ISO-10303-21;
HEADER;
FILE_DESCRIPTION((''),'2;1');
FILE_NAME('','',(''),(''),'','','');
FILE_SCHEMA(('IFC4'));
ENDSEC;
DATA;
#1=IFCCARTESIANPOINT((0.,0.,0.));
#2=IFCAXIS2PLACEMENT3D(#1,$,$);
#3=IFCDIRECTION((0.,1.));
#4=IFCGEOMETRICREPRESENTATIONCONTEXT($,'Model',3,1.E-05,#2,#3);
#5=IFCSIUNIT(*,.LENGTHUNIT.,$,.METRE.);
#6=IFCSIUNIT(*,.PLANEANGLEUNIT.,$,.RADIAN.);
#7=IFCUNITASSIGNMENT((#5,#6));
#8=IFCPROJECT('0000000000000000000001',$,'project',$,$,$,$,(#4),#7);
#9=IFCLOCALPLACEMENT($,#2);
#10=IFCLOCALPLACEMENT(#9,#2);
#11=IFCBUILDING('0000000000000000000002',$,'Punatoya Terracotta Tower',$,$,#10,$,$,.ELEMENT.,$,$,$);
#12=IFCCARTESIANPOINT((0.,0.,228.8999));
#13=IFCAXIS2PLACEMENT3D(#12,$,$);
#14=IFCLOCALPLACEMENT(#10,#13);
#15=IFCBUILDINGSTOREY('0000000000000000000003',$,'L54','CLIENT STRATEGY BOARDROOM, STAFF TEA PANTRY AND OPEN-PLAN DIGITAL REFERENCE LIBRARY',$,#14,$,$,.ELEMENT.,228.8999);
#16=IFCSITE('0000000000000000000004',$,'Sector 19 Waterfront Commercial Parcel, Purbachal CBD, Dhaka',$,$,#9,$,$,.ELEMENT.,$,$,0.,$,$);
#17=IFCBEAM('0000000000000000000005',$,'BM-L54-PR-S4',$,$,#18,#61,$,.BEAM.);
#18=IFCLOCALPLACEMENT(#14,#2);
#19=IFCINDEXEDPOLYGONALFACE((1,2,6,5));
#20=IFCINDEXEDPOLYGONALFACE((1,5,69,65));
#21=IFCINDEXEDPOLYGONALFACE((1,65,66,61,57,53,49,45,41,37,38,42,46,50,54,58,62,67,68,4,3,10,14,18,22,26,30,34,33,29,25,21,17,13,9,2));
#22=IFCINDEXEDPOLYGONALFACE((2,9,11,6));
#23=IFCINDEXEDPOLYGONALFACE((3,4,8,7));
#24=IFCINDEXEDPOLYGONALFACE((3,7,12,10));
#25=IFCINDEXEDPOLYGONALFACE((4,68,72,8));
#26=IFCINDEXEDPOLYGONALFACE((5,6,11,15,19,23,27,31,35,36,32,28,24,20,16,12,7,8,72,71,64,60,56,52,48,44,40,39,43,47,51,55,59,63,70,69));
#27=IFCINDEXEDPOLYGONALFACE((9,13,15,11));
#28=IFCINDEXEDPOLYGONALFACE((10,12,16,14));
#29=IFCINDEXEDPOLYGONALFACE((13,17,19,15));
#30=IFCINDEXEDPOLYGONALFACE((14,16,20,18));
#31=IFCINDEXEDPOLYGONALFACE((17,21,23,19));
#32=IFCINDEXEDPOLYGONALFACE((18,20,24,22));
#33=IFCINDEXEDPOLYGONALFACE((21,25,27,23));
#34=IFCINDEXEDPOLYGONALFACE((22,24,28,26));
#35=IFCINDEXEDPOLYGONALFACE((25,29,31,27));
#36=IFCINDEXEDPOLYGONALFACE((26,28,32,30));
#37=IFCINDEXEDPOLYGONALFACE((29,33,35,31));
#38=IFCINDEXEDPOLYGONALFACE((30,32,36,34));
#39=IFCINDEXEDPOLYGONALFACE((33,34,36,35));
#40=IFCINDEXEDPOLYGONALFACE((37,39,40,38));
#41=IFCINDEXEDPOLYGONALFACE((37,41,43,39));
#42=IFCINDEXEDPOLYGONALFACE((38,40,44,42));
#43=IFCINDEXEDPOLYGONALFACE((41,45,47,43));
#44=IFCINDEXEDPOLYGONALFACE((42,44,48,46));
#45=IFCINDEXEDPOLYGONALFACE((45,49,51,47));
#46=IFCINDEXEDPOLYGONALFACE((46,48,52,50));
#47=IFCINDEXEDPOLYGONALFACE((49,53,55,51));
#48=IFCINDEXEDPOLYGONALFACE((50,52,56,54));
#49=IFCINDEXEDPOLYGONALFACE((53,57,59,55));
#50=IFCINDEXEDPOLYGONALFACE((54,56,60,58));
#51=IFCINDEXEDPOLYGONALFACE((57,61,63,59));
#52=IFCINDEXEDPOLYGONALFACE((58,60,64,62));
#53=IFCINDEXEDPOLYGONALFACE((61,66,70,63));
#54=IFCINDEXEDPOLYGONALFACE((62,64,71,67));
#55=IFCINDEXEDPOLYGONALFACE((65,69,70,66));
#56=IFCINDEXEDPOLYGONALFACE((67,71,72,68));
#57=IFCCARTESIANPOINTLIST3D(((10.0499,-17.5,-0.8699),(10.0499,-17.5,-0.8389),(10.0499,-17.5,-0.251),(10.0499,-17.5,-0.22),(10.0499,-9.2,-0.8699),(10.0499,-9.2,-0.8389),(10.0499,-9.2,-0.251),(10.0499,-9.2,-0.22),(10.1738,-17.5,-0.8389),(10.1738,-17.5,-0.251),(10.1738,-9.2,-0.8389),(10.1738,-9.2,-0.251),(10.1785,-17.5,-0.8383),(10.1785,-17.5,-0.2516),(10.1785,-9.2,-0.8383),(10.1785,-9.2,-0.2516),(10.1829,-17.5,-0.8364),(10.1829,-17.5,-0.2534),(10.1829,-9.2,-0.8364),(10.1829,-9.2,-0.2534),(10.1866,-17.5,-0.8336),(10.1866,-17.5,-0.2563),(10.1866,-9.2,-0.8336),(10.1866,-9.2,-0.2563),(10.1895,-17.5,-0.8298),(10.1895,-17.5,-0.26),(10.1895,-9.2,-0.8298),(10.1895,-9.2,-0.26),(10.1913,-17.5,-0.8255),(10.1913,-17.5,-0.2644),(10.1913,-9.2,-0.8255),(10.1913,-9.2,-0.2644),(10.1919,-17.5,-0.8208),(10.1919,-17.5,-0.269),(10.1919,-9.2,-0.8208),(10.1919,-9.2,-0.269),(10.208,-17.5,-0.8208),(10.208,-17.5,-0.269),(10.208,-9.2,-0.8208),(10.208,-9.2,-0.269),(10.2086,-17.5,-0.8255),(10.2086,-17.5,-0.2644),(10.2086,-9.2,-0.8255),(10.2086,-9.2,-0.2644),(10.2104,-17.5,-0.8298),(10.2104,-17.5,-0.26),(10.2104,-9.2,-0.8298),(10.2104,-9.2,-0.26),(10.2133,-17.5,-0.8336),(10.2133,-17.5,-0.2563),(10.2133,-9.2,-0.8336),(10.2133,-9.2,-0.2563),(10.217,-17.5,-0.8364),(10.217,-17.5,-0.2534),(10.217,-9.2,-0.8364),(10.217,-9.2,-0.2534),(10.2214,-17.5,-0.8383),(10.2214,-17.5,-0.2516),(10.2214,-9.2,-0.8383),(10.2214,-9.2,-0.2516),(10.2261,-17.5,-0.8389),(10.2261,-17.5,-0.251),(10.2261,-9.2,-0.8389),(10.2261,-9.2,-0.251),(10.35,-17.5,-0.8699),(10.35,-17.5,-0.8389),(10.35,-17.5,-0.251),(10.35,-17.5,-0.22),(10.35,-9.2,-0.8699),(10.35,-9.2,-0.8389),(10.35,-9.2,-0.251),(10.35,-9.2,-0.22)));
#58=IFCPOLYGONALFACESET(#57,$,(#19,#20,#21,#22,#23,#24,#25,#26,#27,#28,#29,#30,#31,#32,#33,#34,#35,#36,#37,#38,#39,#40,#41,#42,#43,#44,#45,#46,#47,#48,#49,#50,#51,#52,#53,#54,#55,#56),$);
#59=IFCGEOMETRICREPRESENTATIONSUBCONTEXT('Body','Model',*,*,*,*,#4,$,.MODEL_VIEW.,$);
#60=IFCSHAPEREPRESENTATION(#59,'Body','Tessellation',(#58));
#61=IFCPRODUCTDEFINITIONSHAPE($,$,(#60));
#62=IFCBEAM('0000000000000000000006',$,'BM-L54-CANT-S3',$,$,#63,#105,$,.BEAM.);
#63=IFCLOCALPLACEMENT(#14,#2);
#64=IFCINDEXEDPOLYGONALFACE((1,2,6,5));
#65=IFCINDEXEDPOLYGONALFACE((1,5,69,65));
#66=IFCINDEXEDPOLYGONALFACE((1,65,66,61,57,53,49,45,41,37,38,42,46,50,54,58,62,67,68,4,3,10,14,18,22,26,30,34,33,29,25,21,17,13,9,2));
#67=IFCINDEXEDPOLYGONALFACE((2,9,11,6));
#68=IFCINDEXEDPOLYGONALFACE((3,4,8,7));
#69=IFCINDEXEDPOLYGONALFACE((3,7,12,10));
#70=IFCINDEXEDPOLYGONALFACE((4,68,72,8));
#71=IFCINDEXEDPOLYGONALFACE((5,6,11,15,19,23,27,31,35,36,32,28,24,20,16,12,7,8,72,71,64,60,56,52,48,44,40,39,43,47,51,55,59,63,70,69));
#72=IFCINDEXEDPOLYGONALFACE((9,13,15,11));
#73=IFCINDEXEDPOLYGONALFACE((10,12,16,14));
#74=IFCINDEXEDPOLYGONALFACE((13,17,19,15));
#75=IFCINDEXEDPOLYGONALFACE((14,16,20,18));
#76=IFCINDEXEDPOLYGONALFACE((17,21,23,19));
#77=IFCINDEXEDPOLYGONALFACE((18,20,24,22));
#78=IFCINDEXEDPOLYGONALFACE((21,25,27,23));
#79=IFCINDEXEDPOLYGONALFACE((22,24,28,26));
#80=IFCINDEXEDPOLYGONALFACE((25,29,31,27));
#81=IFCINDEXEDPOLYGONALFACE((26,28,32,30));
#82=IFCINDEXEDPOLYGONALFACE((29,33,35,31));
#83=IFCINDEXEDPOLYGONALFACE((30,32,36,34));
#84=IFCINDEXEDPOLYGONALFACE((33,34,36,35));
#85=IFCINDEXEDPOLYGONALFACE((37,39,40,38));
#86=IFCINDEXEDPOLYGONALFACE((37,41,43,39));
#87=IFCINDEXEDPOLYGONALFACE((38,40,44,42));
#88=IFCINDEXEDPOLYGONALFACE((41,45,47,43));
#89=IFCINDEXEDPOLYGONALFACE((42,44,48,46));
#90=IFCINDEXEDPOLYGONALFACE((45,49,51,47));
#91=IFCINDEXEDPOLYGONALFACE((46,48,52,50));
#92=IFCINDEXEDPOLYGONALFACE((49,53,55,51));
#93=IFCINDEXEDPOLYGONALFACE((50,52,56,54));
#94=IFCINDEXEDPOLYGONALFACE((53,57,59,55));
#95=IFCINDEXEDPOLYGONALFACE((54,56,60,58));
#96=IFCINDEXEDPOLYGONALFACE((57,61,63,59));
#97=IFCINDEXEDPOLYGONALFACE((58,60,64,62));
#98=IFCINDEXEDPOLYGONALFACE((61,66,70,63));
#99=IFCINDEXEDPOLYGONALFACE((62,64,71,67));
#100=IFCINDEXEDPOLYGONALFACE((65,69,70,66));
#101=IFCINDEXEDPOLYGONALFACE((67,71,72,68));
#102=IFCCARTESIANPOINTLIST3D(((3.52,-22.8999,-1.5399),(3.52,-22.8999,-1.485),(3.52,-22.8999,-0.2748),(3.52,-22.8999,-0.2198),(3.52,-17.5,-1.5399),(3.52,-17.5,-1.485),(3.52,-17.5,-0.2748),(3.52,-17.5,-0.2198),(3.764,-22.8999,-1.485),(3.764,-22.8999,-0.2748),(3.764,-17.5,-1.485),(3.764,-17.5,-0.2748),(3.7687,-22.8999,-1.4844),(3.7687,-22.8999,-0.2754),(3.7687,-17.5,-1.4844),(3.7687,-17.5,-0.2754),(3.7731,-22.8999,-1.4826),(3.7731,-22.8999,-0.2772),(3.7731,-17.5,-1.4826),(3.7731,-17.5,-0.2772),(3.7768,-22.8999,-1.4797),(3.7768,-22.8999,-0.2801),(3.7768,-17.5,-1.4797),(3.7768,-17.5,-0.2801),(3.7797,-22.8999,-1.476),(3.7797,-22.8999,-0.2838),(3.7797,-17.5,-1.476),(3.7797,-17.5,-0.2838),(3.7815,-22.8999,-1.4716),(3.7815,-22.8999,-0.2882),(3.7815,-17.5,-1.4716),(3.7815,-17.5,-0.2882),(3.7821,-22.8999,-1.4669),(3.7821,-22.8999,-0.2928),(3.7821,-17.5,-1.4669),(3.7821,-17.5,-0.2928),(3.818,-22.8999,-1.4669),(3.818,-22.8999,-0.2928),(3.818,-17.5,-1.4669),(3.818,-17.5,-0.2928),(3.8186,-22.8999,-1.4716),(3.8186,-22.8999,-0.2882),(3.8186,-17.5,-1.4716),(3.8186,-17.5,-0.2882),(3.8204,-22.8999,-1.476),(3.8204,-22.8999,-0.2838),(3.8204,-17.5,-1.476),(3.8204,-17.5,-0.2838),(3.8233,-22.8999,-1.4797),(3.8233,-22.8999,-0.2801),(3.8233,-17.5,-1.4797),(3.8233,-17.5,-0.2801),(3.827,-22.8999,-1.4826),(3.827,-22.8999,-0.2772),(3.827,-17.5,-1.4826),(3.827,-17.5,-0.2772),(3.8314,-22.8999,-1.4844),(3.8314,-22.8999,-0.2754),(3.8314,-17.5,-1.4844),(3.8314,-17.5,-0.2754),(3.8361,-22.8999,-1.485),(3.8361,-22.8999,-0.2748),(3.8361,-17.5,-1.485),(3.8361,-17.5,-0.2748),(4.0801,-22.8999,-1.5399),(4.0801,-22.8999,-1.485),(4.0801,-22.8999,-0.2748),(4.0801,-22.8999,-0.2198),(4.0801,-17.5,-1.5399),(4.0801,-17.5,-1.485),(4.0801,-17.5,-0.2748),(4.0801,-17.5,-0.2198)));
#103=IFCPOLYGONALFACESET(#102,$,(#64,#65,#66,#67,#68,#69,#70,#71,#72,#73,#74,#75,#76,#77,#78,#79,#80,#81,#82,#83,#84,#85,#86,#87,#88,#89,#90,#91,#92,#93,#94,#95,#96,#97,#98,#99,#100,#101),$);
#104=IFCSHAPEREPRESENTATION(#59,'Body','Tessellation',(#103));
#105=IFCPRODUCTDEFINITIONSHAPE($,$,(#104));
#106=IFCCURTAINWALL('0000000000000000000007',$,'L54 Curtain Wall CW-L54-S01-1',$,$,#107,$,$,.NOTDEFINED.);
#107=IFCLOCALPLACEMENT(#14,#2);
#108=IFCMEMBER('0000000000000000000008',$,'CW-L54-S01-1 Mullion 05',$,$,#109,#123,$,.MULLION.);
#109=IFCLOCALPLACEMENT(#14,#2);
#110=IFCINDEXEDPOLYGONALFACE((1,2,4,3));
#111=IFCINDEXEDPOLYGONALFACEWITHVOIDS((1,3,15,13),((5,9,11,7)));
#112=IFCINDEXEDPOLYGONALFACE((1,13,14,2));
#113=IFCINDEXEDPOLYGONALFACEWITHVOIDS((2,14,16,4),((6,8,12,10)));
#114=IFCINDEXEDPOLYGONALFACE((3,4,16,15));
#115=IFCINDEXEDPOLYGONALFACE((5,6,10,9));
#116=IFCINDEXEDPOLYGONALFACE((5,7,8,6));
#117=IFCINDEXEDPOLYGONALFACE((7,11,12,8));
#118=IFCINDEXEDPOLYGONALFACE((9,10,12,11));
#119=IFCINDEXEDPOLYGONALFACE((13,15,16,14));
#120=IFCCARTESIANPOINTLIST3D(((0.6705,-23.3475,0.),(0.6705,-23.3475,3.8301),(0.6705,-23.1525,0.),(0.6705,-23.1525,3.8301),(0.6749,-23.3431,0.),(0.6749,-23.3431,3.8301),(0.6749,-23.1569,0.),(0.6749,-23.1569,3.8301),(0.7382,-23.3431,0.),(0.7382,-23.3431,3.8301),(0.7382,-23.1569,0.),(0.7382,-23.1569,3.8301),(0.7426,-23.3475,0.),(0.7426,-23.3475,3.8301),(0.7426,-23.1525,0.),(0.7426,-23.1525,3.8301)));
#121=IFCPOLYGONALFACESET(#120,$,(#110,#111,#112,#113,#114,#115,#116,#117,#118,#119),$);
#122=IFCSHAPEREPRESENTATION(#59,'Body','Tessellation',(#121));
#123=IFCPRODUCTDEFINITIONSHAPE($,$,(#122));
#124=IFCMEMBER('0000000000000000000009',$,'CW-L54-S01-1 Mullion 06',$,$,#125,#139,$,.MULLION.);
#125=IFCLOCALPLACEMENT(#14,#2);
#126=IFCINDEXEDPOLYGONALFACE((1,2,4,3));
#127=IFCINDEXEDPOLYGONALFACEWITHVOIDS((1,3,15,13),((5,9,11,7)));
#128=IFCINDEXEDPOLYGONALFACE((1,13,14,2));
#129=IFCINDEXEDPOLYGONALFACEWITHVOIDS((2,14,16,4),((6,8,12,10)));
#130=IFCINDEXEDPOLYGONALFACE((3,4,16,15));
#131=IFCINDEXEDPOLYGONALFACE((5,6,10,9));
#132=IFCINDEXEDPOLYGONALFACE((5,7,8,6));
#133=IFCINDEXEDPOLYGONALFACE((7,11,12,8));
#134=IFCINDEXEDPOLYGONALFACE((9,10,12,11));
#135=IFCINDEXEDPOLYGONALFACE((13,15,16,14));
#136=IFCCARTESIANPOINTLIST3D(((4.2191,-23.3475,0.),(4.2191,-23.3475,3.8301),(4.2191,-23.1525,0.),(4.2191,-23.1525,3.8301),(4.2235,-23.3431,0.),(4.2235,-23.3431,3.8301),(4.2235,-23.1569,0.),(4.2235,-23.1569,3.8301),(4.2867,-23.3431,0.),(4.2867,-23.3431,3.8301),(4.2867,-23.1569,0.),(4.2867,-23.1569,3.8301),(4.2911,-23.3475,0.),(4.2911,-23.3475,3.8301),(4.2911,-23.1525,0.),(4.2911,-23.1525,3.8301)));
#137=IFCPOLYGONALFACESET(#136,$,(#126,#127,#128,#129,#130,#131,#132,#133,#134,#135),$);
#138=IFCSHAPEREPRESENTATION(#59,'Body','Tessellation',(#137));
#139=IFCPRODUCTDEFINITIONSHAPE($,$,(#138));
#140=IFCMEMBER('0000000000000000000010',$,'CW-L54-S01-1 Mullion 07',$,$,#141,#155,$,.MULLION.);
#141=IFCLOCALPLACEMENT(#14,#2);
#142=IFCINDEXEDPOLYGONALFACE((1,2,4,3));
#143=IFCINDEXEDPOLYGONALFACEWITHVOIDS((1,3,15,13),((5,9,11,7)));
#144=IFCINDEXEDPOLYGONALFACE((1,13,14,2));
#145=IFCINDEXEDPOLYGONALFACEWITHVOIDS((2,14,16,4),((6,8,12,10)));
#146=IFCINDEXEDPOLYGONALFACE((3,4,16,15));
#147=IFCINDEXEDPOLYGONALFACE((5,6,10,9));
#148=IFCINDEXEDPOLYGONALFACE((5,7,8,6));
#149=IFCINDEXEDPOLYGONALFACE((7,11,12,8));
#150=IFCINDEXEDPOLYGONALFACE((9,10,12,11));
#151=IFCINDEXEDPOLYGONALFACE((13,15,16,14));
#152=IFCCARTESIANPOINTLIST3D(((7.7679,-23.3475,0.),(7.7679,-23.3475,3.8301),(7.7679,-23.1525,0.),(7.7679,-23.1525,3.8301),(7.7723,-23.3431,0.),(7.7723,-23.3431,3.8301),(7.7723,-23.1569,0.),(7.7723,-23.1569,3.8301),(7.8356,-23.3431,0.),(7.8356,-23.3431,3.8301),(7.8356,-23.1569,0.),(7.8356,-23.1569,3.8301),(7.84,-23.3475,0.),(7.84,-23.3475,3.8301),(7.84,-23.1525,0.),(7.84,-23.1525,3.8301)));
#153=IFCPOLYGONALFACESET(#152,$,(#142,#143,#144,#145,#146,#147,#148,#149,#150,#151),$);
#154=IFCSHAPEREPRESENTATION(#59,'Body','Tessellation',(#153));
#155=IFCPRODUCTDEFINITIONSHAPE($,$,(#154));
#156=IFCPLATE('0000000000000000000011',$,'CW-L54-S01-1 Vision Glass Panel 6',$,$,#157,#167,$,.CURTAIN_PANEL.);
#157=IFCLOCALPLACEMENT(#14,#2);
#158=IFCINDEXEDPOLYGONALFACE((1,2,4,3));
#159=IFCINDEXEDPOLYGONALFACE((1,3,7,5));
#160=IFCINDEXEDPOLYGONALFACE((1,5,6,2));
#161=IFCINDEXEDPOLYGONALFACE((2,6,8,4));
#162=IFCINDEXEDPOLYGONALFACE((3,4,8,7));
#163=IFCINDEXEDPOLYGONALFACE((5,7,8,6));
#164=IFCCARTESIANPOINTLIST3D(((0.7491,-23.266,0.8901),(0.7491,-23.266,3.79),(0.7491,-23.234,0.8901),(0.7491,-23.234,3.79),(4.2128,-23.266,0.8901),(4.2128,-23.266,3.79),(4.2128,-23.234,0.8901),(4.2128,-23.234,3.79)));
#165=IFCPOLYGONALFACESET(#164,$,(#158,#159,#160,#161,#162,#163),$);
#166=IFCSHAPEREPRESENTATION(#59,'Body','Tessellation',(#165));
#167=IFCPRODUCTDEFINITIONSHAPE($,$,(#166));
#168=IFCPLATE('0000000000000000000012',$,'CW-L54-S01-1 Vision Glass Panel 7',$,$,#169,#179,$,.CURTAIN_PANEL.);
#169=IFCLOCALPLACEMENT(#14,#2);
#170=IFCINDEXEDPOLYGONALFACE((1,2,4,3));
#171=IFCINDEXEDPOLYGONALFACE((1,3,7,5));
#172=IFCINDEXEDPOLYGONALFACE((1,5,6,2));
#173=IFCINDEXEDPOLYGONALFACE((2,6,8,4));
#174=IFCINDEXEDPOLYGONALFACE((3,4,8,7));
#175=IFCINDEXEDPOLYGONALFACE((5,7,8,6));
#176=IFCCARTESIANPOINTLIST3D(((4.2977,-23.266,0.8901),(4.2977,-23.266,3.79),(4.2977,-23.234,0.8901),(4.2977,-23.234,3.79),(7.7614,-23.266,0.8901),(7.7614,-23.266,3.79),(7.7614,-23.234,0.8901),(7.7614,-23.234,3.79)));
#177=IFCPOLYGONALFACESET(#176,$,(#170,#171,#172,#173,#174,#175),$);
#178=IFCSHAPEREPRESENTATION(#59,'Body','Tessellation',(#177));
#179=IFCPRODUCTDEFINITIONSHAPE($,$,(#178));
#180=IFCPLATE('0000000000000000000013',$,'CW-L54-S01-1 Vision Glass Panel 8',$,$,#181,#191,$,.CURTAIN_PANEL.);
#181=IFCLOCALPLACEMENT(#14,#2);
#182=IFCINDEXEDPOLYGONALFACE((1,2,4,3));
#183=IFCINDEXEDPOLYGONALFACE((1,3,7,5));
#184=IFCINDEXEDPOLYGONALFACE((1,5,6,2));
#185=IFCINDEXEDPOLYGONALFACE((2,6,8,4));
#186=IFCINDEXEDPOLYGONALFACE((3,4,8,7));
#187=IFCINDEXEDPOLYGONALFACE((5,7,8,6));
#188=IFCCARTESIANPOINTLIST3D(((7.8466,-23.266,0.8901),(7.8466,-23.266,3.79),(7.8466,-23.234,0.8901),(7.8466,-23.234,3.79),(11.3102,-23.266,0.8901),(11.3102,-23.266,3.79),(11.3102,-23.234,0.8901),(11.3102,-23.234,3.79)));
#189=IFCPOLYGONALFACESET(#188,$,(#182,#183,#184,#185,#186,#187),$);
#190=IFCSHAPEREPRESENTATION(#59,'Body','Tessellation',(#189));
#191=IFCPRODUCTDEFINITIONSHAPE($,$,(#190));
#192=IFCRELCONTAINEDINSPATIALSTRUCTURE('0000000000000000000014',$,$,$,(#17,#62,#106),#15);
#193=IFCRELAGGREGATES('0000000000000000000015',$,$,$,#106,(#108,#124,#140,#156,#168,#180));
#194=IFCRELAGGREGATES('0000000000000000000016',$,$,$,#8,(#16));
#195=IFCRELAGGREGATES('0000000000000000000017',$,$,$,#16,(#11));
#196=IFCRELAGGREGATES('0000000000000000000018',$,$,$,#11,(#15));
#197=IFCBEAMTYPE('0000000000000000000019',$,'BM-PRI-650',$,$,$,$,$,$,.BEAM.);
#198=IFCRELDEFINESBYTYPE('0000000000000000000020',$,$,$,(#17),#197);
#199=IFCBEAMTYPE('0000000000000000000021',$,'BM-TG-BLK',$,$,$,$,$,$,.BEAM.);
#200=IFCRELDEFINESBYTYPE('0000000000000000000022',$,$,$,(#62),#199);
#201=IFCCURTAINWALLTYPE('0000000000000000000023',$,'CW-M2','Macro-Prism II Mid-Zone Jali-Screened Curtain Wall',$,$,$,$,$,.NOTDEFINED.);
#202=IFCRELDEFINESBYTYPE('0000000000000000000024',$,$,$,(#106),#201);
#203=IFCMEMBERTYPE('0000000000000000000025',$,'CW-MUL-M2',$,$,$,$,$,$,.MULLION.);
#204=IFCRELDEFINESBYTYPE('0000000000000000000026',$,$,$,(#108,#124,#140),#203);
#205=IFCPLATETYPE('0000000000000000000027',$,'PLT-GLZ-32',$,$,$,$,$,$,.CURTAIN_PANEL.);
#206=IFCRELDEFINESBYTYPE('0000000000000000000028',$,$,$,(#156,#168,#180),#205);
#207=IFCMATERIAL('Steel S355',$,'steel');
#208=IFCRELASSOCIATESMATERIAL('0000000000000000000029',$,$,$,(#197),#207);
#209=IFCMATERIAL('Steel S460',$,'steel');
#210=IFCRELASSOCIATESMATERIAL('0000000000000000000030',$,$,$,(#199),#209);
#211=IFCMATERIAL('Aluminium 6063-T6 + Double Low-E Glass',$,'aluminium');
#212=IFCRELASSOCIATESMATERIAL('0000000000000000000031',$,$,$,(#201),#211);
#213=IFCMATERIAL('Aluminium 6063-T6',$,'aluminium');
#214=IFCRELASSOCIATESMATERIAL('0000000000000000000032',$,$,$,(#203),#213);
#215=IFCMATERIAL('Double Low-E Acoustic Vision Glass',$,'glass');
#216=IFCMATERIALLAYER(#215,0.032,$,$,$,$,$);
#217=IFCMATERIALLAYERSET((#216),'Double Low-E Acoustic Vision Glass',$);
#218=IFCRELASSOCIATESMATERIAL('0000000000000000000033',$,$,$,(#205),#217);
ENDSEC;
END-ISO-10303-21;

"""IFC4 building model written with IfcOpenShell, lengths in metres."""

from ifc_helpers import new_model, si_unit, direction, frame, origin, origin_2d, place, context, subcontext, project, spatial, rectangle, hollow_rectangle, i_section, extrude, material, layer, layer_set, material_profile, profile_set, type_object, element, aggregate, save


model = new_model("IFC4")

# Units and contexts
model_context = context("Model", 3, precision=1e-05, world=origin(), true_north=direction((0.0, 1.0)))
body_context = subcontext(model_context, "Body", "Model", "MODEL_VIEW")
ifc_project = project(units=[si_unit("LENGTHUNIT", "METRE"), si_unit("PLANEANGLEUNIT", "RADIAN")], contexts=[model_context])

# Site, building, storey
site_placement = place(None, origin())
site = spatial("IfcSite", under=ifc_project, at=site_placement, Name="Sector 19 Waterfront Commercial Parcel, Purbachal CBD, Dhaka", CompositionType="ELEMENT", RefElevation=0.0)
building_placement = place(site_placement, origin())
building = spatial("IfcBuilding", under=site, at=building_placement, Name="Punatoya Terracotta Tower", CompositionType="ELEMENT")
storey_placement = place(building_placement, frame((0.0, 0.0, 228.8999)))
storey = spatial("IfcBuildingStorey", under=building, at=storey_placement, Name="L54", Description="CLIENT STRATEGY BOARDROOM, STAFF TEA PANTRY AND OPEN-PLAN DIGITAL REFERENCE LIBRARY", CompositionType="ELEMENT", Elevation=228.8999)

# Shared definitions
ifc_material_1 = material(Name="Steel S460", Category="steel")

# Beams
ifc_material_2 = material(Name="Steel S355", Category="steel")
ifc_material_profile_1 = material_profile(ifc_material_2, i_section(OverallWidth=0.3, OverallDepth=0.6499, WebThickness=0.0161, FlangeThickness=0.031, FilletRadius=0.0181, at=origin_2d()))
ifc_profile_set_1 = profile_set([ifc_material_profile_1], Name="Steel S355")
beam_type_1 = type_object("IfcBeamType", Name="BM-PRI-650", PredefinedType="BEAM", material=ifc_profile_set_1)
for number, where, z_axis, x_axis, name in (
    (1, (10.2, -17.5, -0.5449), (0.0, 1.0, 0.0), (-1.0, 0.0, 0.0), "BM-L54-PR-S4"),
):
    element("IfcBeam", number, at=place(storey_placement, frame(where, z_axis=z_axis, x_axis=x_axis)), inside=storey, type_object=beam_type_1, Name=name, PredefinedType="BEAM", context=body_context, shape_type="SweptSolid", body=[
        extrude(i_section(OverallWidth=0.3, OverallDepth=0.6499, WebThickness=0.0161, FlangeThickness=0.031, FilletRadius=0.0181, at=origin_2d()), origin(), (0.0, 0.0, 1.0), 8.3),
    ])
ifc_material_profile_2 = material_profile(ifc_material_1, i_section(OverallWidth=0.5601, OverallDepth=1.3201, WebThickness=0.0359, FlangeThickness=0.0549, FilletRadius=0.0181, at=origin_2d()))
ifc_profile_set_2 = profile_set([ifc_material_profile_2], Name="Steel S460")
beam_type_2 = type_object("IfcBeamType", Name="BM-TG-BLK", PredefinedType="BEAM", material=ifc_profile_set_2)
beam_1_placement = place(storey_placement, frame((3.8, -22.8999, -0.8799), z_axis=(0.0, 1.0, 0.0), x_axis=(-1.0, 0.0, 0.0)))
element("IfcBeam", 2, at=beam_1_placement, inside=storey, type_object=beam_type_2, Name="BM-L54-CANT-S3", PredefinedType="BEAM", context=body_context, shape_type="SweptSolid", body=[
    extrude(i_section(OverallWidth=0.5601, OverallDepth=1.3201, WebThickness=0.0359, FlangeThickness=0.0549, FilletRadius=0.0181, at=origin_2d()), origin(), (0.0, 0.0, 1.0), 5.3999),
])

# Curtain wall, members, plates
ifc_material_3 = material(Name="Aluminium 6063-T6 + Double Low-E Glass", Category="aluminium")
curtain_wall_type = type_object("IfcCurtainWallType", Name="CW-M2", Description="Macro-Prism II Mid-Zone Jali-Screened Curtain Wall", PredefinedType="NOTDEFINED", material=ifc_material_3)
curtain_wall_placement = place(storey_placement, origin())
curtain_wall = element("IfcCurtainWall", 3, at=curtain_wall_placement, inside=storey, type_object=curtain_wall_type, Name="L54 Curtain Wall CW-L54-S01-1", PredefinedType="NOTDEFINED")
ifc_material_4 = material(Name="Aluminium 6063-T6", Category="aluminium")
ifc_material_profile_3 = material_profile(ifc_material_4, hollow_rectangle(XDim=0.072, YDim=0.1951, WallThickness=0.0044, at=origin_2d()))
ifc_profile_set_3 = profile_set([ifc_material_profile_3], Name="Aluminium 6063-T6")
member_type = type_object("IfcMemberType", Name="CW-MUL-M2", PredefinedType="MULLION", material=ifc_profile_set_3)
member_1_placement = place(storey_placement, frame((0.7065, -23.25, 0.0), z_axis=(0.0, 0.0, 1.0), x_axis=(1.0, 0.0, 0.0)))
member_1 = element("IfcMember", 4, at=member_1_placement, type_object=member_type, Name="CW-L54-S01-1 Mullion 05", PredefinedType="MULLION", context=body_context, shape_type="SweptSolid", body=[
    extrude(hollow_rectangle(XDim=0.072, YDim=0.1951, WallThickness=0.0044, at=origin_2d()), origin(), (0.0, 0.0, 1.0), 3.8301),
])
member_2_placement = place(storey_placement, frame((4.2551, -23.25, 0.0), z_axis=(0.0, 0.0, 1.0), x_axis=(1.0, 0.0, 0.0)))
member_2 = element("IfcMember", 5, at=member_2_placement, type_object=member_type, Name="CW-L54-S01-1 Mullion 06", PredefinedType="MULLION", context=body_context, shape_type="SweptSolid", body=[
    extrude(hollow_rectangle(XDim=0.072, YDim=0.1951, WallThickness=0.0044, at=origin_2d()), origin(), (0.0, 0.0, 1.0), 3.8301),
])
member_3_placement = place(storey_placement, frame((7.804, -23.25, 0.0), z_axis=(0.0, 0.0, 1.0), x_axis=(1.0, 0.0, 0.0)))
member_3 = element("IfcMember", 6, at=member_3_placement, type_object=member_type, Name="CW-L54-S01-1 Mullion 07", PredefinedType="MULLION", context=body_context, shape_type="SweptSolid", body=[
    extrude(hollow_rectangle(XDim=0.072, YDim=0.1951, WallThickness=0.0044, at=origin_2d()), origin(), (0.0, 0.0, 1.0), 3.8301),
])
ifc_material_5 = material(Name="Double Low-E Acoustic Vision Glass", Category="glass")
ifc_layer_1 = layer(ifc_material_5, 0.032)
ifc_layer_set_1 = layer_set([ifc_layer_1], Name="Double Low-E Acoustic Vision Glass")
plate_type_1 = type_object("IfcPlateType", Name="PLT-GLZ-32", PredefinedType="CURTAIN_PANEL", material=ifc_layer_set_1)
plate_1_placement = place(storey_placement, frame((2.481, -23.25, 0.8901), z_axis=(0.0, 0.0, 1.0), x_axis=(1.0, 0.0, 0.0)))
plate_1 = element("IfcPlate", 7, at=plate_1_placement, type_object=plate_type_1, Name="CW-L54-S01-1 Vision Glass Panel 6", PredefinedType="CURTAIN_PANEL", context=body_context, shape_type="SweptSolid", body=[
    extrude(rectangle(XDim=3.4636, YDim=0.032, at=origin_2d()), origin(), (0.0, 0.0, 1.0), 2.8999),
])
plate_2_placement = place(storey_placement, frame((6.0295, -23.25, 0.8901), z_axis=(0.0, 0.0, 1.0), x_axis=(1.0, 0.0, 0.0)))
plate_2 = element("IfcPlate", 8, at=plate_2_placement, type_object=plate_type_1, Name="CW-L54-S01-1 Vision Glass Panel 7", PredefinedType="CURTAIN_PANEL", context=body_context, shape_type="SweptSolid", body=[
    extrude(rectangle(XDim=3.4636, YDim=0.032, at=origin_2d()), origin(), (0.0, 0.0, 1.0), 2.8999),
])
plate_3_placement = place(storey_placement, frame((9.5784, -23.25, 0.8901), z_axis=(0.0, 0.0, 1.0), x_axis=(1.0, 0.0, 0.0)))
plate_3 = element("IfcPlate", 9, at=plate_3_placement, type_object=plate_type_1, Name="CW-L54-S01-1 Vision Glass Panel 8", PredefinedType="CURTAIN_PANEL", context=body_context, shape_type="SweptSolid", body=[
    extrude(rectangle(XDim=3.4636, YDim=0.032, at=origin_2d()), origin(), (0.0, 0.0, 1.0), 2.8999),
])
aggregate(curtain_wall, [member_1, member_2, member_3, plate_1, plate_2, plate_3])

save(model, "model.ifc")
